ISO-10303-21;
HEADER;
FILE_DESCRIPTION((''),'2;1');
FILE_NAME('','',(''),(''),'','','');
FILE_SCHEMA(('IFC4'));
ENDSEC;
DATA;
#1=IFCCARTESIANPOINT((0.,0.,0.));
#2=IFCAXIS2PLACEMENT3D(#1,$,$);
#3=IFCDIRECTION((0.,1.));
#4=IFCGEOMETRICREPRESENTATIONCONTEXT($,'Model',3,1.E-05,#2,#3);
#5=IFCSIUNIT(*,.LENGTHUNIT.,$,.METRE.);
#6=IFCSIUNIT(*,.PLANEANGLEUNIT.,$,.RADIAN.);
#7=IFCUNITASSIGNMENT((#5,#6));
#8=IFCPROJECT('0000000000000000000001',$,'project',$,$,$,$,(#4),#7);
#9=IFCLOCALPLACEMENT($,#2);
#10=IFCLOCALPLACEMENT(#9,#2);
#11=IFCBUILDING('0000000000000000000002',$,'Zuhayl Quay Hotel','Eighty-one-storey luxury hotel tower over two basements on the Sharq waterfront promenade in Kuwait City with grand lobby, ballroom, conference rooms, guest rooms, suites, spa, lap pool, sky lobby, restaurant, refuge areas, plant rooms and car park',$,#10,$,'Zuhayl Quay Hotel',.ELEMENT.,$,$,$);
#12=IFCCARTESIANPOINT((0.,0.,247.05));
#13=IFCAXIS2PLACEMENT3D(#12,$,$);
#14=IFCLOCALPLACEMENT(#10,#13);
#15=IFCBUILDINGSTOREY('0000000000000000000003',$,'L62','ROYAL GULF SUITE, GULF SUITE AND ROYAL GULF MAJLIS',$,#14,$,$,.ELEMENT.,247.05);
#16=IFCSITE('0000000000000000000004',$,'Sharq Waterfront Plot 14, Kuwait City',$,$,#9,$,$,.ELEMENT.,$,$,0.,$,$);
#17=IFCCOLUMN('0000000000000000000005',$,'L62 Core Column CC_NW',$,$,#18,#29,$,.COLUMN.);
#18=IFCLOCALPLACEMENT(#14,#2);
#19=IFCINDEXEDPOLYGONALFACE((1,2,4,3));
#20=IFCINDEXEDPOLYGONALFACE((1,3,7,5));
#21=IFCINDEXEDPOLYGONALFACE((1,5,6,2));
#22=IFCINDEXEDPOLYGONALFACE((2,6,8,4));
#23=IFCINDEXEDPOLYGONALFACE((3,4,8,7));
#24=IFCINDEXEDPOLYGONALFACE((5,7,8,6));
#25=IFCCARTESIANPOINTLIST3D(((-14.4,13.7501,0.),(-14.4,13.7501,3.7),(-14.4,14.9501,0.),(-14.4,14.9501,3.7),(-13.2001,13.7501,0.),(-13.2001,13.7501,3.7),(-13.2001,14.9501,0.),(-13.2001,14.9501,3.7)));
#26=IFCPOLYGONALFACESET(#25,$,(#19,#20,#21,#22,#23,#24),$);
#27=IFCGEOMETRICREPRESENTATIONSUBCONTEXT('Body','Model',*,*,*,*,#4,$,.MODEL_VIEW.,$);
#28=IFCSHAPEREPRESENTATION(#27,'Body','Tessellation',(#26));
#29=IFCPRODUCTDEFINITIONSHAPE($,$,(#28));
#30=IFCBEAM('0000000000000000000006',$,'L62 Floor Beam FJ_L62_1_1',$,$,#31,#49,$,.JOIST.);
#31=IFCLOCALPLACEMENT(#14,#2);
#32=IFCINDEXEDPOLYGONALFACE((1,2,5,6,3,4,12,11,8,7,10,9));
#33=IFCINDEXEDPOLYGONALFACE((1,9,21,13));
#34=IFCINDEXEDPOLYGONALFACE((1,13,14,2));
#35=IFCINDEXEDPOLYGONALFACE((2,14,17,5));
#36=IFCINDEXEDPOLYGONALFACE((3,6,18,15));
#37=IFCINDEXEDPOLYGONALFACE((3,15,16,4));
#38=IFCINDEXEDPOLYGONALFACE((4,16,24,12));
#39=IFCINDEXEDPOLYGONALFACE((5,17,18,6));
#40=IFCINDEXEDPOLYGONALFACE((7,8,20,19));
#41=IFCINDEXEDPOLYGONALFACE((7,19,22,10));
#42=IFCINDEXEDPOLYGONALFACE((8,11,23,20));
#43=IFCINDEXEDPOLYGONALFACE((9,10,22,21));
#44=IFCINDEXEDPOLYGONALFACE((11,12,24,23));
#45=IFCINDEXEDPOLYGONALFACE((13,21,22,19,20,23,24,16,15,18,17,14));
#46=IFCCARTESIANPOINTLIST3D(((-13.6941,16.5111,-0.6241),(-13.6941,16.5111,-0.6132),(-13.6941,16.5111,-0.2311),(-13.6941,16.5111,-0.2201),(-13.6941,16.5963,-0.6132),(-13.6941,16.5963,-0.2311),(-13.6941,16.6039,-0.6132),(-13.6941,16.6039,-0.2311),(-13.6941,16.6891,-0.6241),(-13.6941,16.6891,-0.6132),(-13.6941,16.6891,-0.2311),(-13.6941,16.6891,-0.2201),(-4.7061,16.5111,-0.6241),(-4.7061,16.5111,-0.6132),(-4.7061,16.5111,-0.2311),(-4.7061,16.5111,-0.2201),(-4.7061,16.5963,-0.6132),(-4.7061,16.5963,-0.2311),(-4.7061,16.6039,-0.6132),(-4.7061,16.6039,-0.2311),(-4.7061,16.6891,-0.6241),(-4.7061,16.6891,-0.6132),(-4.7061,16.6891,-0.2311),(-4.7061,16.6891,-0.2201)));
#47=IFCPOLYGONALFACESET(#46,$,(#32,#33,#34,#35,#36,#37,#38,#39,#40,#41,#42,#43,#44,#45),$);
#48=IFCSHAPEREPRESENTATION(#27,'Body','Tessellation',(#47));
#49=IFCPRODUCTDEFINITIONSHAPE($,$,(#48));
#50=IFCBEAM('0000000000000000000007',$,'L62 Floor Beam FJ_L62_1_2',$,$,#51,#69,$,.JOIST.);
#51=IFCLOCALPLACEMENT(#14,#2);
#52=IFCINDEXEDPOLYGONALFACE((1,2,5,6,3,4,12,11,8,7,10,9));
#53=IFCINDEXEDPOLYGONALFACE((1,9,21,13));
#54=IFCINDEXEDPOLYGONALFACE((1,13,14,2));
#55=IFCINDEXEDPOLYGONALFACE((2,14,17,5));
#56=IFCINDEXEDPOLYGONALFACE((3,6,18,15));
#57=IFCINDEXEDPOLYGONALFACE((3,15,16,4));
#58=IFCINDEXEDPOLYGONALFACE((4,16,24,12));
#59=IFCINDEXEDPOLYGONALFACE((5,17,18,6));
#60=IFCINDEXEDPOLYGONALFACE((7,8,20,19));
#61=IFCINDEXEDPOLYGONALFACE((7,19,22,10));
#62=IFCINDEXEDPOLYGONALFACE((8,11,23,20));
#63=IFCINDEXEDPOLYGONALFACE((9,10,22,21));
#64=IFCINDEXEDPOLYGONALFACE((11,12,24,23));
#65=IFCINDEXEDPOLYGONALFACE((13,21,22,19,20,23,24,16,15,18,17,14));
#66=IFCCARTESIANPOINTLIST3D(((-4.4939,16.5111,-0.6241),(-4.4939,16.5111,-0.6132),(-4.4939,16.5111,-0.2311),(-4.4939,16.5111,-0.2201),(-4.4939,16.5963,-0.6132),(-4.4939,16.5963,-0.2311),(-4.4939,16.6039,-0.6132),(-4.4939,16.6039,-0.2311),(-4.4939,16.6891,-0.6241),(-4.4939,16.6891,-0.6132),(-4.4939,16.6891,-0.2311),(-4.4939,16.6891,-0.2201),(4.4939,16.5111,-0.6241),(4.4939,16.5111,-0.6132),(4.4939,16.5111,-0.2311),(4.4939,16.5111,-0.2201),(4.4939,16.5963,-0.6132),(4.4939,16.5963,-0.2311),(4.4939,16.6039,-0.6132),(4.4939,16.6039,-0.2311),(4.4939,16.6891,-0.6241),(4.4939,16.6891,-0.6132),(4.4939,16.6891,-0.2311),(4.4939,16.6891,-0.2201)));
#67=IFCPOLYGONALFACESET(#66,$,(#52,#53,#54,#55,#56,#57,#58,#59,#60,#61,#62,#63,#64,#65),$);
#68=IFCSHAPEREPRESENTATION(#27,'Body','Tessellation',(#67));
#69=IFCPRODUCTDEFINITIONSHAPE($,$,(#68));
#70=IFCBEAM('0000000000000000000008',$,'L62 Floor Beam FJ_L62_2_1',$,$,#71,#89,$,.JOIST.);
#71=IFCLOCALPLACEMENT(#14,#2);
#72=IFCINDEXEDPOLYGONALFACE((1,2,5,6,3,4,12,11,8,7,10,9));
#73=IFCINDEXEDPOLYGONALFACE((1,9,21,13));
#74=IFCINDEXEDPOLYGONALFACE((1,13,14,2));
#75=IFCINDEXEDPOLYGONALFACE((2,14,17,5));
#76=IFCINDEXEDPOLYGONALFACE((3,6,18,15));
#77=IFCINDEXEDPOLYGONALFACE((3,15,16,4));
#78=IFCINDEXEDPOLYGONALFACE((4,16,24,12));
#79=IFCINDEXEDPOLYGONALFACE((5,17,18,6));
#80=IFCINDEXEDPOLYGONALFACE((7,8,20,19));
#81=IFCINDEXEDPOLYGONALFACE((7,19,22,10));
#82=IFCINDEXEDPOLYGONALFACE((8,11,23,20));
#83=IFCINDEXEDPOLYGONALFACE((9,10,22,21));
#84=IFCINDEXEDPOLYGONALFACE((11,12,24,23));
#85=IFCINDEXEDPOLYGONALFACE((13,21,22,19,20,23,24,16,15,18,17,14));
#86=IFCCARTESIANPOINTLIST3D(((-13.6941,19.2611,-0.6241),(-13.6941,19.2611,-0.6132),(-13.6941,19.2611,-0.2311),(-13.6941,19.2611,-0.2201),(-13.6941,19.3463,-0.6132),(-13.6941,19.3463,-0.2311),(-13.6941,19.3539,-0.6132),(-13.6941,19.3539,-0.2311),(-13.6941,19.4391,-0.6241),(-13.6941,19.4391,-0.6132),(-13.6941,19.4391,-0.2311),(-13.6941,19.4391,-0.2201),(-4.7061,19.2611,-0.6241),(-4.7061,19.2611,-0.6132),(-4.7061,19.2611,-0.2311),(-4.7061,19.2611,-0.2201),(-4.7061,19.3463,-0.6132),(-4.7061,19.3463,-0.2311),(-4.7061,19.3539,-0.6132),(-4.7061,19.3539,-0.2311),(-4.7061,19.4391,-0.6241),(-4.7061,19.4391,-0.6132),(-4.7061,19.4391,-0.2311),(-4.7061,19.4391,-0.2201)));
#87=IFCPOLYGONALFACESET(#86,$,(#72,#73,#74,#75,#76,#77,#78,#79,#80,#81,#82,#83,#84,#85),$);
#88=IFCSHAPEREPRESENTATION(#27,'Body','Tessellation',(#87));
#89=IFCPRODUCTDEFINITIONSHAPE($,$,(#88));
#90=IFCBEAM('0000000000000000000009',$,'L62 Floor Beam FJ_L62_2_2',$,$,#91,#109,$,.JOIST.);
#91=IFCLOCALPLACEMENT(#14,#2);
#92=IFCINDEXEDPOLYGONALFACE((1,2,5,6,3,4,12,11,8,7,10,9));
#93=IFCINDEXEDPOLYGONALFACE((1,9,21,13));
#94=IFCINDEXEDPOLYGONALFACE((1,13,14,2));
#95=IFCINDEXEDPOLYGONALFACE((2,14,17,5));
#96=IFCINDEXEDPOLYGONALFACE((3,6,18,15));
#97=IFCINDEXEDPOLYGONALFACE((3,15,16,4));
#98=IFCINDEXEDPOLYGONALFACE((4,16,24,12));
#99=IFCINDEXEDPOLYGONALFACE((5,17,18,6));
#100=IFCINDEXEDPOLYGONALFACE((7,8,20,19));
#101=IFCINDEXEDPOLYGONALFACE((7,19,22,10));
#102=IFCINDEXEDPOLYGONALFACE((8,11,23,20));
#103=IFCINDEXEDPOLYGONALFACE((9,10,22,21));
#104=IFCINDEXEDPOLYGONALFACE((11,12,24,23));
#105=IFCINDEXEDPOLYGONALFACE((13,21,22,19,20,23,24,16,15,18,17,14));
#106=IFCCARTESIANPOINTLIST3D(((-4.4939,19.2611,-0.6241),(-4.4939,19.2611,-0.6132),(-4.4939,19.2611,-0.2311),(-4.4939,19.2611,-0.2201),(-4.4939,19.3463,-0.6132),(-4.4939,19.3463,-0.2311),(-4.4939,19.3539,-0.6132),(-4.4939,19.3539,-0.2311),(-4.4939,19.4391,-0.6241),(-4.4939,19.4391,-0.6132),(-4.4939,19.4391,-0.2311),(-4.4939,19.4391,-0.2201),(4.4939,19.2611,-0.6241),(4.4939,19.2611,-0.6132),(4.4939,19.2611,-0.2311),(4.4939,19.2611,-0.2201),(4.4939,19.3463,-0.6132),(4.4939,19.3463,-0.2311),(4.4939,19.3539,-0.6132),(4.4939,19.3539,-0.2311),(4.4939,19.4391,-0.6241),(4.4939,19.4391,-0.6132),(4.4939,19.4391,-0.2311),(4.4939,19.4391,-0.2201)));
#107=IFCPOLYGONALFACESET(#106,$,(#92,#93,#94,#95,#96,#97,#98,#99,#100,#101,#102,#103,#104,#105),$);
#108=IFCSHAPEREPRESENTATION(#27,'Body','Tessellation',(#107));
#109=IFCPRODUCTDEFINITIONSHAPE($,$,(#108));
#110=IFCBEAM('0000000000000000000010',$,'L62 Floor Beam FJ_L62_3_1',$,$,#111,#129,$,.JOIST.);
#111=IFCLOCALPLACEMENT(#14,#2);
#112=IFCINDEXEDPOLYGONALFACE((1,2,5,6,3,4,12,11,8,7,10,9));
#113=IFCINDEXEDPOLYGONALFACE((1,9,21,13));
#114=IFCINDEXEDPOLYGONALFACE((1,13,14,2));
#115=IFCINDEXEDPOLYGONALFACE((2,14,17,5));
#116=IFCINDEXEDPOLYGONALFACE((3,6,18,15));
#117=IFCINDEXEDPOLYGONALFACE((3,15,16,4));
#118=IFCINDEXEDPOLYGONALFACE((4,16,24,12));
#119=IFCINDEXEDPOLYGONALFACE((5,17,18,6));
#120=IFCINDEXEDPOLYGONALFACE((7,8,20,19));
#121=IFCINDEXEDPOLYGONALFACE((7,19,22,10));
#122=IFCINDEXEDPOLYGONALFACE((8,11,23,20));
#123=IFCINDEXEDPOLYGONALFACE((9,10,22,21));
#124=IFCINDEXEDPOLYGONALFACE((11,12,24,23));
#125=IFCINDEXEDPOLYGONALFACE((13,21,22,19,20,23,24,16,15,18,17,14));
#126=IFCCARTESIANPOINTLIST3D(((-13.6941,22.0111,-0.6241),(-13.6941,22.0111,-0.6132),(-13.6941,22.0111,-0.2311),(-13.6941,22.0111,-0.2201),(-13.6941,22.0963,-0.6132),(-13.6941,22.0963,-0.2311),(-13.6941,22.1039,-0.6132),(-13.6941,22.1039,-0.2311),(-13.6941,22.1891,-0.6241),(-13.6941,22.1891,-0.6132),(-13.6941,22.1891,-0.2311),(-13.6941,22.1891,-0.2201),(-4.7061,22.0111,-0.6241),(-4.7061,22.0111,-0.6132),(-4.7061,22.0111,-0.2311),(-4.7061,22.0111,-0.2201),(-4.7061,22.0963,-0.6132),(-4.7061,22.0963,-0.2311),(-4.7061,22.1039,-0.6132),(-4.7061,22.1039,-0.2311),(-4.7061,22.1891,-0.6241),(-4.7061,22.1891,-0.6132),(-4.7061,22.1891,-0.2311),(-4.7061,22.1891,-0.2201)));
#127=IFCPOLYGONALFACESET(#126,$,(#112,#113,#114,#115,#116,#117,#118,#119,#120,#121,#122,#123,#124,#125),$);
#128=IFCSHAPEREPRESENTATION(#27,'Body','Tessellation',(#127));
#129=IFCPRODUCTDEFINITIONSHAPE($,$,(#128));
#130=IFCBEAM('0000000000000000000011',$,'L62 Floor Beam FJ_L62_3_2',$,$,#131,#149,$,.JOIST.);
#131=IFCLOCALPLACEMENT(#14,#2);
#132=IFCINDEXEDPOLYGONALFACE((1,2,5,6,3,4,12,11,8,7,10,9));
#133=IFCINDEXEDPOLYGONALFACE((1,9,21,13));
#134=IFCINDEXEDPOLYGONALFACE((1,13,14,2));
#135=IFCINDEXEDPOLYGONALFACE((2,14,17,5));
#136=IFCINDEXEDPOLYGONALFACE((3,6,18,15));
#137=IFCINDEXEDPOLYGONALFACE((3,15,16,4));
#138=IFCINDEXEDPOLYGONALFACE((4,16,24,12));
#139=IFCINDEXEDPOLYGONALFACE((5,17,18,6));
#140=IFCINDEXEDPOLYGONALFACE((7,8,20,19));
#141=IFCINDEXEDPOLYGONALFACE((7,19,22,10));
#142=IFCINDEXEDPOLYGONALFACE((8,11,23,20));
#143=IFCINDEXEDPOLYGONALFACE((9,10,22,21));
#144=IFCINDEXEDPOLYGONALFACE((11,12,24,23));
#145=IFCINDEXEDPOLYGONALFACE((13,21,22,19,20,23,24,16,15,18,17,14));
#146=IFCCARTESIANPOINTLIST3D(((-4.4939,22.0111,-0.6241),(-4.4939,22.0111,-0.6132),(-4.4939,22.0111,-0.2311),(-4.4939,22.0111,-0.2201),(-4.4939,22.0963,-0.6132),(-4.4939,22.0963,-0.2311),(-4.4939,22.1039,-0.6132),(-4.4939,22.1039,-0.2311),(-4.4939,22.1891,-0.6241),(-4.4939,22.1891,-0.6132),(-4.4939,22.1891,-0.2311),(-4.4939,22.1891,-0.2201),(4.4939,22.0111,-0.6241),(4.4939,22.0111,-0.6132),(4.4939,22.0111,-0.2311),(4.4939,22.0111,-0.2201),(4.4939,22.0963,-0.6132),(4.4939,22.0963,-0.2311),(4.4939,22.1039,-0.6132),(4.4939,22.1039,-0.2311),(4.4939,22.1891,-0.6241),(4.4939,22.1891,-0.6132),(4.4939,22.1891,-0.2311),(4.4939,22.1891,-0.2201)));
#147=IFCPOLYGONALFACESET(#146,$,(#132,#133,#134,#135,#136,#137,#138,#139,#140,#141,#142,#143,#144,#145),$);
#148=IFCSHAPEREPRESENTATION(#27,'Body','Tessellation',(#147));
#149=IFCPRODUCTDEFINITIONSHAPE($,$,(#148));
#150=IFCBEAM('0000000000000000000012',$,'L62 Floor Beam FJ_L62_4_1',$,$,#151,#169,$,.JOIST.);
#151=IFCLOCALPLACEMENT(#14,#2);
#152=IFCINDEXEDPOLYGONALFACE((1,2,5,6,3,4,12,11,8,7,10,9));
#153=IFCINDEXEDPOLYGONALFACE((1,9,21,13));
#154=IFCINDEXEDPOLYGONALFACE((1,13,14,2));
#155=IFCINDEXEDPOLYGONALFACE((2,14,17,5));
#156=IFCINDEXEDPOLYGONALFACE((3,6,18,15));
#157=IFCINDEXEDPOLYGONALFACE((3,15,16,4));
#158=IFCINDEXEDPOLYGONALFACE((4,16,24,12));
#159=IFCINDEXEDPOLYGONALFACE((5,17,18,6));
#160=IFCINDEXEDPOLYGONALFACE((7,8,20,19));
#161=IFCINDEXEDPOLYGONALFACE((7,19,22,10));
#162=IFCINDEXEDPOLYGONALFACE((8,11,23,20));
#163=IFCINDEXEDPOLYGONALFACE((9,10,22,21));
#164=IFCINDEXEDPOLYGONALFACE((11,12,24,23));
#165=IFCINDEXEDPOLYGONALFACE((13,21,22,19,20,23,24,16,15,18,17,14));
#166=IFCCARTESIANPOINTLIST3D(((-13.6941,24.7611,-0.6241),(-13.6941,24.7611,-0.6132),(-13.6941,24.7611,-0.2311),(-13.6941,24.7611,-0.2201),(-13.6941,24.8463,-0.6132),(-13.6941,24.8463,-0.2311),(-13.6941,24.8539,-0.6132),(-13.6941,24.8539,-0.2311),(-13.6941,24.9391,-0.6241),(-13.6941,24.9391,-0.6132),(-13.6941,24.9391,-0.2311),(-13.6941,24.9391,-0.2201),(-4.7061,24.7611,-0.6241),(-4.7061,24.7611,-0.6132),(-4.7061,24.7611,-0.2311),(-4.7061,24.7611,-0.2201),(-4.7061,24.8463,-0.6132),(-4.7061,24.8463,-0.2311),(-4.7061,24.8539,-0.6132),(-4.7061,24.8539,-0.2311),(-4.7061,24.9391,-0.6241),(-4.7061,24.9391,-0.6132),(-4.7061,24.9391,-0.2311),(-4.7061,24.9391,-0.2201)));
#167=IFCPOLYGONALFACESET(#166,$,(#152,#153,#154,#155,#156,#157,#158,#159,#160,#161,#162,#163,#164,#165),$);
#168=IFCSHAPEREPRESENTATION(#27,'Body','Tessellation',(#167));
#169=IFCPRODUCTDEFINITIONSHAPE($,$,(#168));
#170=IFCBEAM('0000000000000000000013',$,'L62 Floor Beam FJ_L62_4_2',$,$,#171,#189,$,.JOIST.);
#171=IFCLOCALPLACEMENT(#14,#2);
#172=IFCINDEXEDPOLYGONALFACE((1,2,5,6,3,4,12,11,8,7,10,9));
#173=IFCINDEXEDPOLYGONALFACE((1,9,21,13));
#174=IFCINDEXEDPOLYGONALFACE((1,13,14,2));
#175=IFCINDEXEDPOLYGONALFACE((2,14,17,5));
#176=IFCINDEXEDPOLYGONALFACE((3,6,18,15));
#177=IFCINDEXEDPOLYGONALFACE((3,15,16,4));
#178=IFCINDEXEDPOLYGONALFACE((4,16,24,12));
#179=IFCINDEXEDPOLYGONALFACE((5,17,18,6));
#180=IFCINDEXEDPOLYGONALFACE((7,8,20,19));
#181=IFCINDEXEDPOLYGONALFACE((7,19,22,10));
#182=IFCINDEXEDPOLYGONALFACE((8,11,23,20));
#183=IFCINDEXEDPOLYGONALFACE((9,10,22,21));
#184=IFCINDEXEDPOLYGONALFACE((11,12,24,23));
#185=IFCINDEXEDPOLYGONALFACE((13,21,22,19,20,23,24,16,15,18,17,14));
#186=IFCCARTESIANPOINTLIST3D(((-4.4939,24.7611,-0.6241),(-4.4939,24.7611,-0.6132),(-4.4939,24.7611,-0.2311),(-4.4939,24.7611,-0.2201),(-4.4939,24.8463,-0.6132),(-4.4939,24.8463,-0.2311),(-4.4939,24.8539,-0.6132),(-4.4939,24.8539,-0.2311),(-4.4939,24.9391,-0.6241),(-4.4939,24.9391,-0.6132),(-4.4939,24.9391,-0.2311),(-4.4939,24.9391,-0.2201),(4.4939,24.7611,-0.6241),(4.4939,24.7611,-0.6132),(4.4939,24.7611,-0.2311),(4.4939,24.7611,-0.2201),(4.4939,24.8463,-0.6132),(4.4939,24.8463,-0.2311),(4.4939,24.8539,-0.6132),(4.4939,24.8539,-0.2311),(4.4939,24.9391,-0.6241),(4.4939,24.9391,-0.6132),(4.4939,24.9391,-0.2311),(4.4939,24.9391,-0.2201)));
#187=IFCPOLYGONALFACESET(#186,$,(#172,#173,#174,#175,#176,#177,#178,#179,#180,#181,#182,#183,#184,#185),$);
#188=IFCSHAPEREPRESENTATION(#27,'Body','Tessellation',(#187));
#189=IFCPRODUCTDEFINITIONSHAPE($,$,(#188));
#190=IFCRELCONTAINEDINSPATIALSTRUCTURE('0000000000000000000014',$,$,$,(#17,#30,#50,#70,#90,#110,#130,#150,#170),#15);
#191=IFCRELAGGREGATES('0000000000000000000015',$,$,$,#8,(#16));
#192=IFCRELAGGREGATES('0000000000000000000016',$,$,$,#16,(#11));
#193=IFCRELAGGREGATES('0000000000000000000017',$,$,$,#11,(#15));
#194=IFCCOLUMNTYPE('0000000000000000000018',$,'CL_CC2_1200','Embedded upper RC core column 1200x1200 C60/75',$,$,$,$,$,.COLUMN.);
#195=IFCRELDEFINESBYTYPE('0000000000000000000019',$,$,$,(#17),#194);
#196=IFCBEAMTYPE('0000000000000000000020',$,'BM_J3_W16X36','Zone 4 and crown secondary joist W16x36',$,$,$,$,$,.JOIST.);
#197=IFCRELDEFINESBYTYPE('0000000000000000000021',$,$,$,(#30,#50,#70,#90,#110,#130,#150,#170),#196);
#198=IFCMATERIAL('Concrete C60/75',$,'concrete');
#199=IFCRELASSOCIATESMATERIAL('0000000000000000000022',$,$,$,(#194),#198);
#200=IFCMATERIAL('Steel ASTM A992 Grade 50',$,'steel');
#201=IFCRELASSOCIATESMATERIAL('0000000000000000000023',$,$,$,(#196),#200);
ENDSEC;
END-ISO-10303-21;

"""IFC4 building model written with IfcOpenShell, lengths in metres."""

from ifc_helpers import new_model, si_unit, direction, frame, origin, origin_2d, place, context, subcontext, project, spatial, rectangle, i_section, extrude, material, material_profile, profile_set, type_object, element, save


model = new_model("IFC4")

# Units and contexts
model_context = context("Model", 3, precision=1e-05, world=origin(), true_north=direction((0.0, 1.0)))
body_context = subcontext(model_context, "Body", "Model", "MODEL_VIEW")
ifc_project = project(units=[si_unit("LENGTHUNIT", "METRE"), si_unit("PLANEANGLEUNIT", "RADIAN")], contexts=[model_context])

# Site, building, storey
site_placement = place(None, origin())
site = spatial("IfcSite", under=ifc_project, at=site_placement, Name="Sharq Waterfront Plot 14, Kuwait City", CompositionType="ELEMENT", RefElevation=0.0)
building_placement = place(site_placement, origin())
building = spatial("IfcBuilding", under=site, at=building_placement, Name="Zuhayl Quay Hotel", Description="Eighty-one-storey luxury hotel tower over two basements on the Sharq waterfront promenade in Kuwait City with grand lobby, ballroom, conference rooms, guest rooms, suites, spa, lap pool, sky lobby, restaurant, refuge areas, plant rooms and car park", LongName="Zuhayl Quay Hotel", CompositionType="ELEMENT")
storey_placement = place(building_placement, frame((0.0, 0.0, 247.05)))
storey = spatial("IfcBuildingStorey", under=building, at=storey_placement, Name="L62", Description="ROYAL GULF SUITE, GULF SUITE AND ROYAL GULF MAJLIS", CompositionType="ELEMENT", Elevation=247.05)

# Column
ifc_material_1 = material(Name="Concrete C60/75", Category="concrete")
ifc_material_profile_1 = material_profile(ifc_material_1, rectangle(XDim=1.2, YDim=1.2, at=origin_2d()), Name="RC1200X1200")
ifc_profile_set_1 = profile_set([ifc_material_profile_1], Name="Concrete C60/75")
column_type = type_object("IfcColumnType", Name="CL_CC2_1200", Description="Embedded upper RC core column 1200x1200 C60/75", PredefinedType="COLUMN", material=ifc_profile_set_1)
column_placement = place(storey_placement, frame((-13.8, 14.3501, 0.0), z_axis=(0.0, 0.0, 1.0), x_axis=(1.0, 0.0, 0.0)))
element("IfcColumn", 1, at=column_placement, inside=storey, type_object=column_type, Name="L62 Core Column CC_NW", PredefinedType="COLUMN", context=body_context, shape_type="SweptSolid", body=[
    extrude(rectangle(XDim=1.2, YDim=1.2, at=origin_2d()), origin(), (0.0, 0.0, 1.0), 3.7),
])

# Beams
ifc_material_2 = material(Name="Steel ASTM A992 Grade 50", Category="steel")
ifc_material_profile_2 = material_profile(ifc_material_2, i_section(OverallWidth=0.178, OverallDepth=0.4041, WebThickness=0.0076, FlangeThickness=0.011, at=origin_2d()), Name="W16X36")
ifc_profile_set_2 = profile_set([ifc_material_profile_2], Name="Steel ASTM A992 Grade 50")
beam_type_1 = type_object("IfcBeamType", Name="BM_J3_W16X36", Description="Zone 4 and crown secondary joist W16x36", PredefinedType="JOIST", material=ifc_profile_set_2)
beam_1_placement = place(storey_placement, frame((-13.6941, 16.6001, -0.4221), z_axis=(1.0, 0.0, 0.0), x_axis=(0.0, 1.0, 0.0)))
element("IfcBeam", 2, at=beam_1_placement, inside=storey, type_object=beam_type_1, Name="L62 Floor Beam FJ_L62_1_1", PredefinedType="JOIST", context=body_context, shape_type="SweptSolid", body=[
    extrude(i_section(OverallWidth=0.178, OverallDepth=0.4041, WebThickness=0.0076, FlangeThickness=0.011, at=origin_2d()), origin(), (0.0, 0.0, 1.0), 8.988),
])
beam_2_placement = place(storey_placement, frame((-4.4939, 16.6001, -0.4221), z_axis=(1.0, 0.0, 0.0), x_axis=(0.0, 1.0, 0.0)))
element("IfcBeam", 3, at=beam_2_placement, inside=storey, type_object=beam_type_1, Name="L62 Floor Beam FJ_L62_1_2", PredefinedType="JOIST", context=body_context, shape_type="SweptSolid", body=[
    extrude(i_section(OverallWidth=0.178, OverallDepth=0.4041, WebThickness=0.0076, FlangeThickness=0.011, at=origin_2d()), origin(), (0.0, 0.0, 1.0), 8.9878),
])
beam_3_placement = place(storey_placement, frame((-13.6941, 19.3501, -0.4221), z_axis=(1.0, 0.0, 0.0), x_axis=(0.0, 1.0, 0.0)))
element("IfcBeam", 4, at=beam_3_placement, inside=storey, type_object=beam_type_1, Name="L62 Floor Beam FJ_L62_2_1", PredefinedType="JOIST", context=body_context, shape_type="SweptSolid", body=[
    extrude(i_section(OverallWidth=0.178, OverallDepth=0.4041, WebThickness=0.0076, FlangeThickness=0.011, at=origin_2d()), origin(), (0.0, 0.0, 1.0), 8.988),
])
beam_4_placement = place(storey_placement, frame((-4.4939, 19.3501, -0.4221), z_axis=(1.0, 0.0, 0.0), x_axis=(0.0, 1.0, 0.0)))
element("IfcBeam", 5, at=beam_4_placement, inside=storey, type_object=beam_type_1, Name="L62 Floor Beam FJ_L62_2_2", PredefinedType="JOIST", context=body_context, shape_type="SweptSolid", body=[
    extrude(i_section(OverallWidth=0.178, OverallDepth=0.4041, WebThickness=0.0076, FlangeThickness=0.011, at=origin_2d()), origin(), (0.0, 0.0, 1.0), 8.9878),
])
beam_5_placement = place(storey_placement, frame((-13.6941, 22.1001, -0.4221), z_axis=(1.0, 0.0, 0.0), x_axis=(0.0, 1.0, 0.0)))
element("IfcBeam", 6, at=beam_5_placement, inside=storey, type_object=beam_type_1, Name="L62 Floor Beam FJ_L62_3_1", PredefinedType="JOIST", context=body_context, shape_type="SweptSolid", body=[
    extrude(i_section(OverallWidth=0.178, OverallDepth=0.4041, WebThickness=0.0076, FlangeThickness=0.011, at=origin_2d()), origin(), (0.0, 0.0, 1.0), 8.988),
])
beam_6_placement = place(storey_placement, frame((-4.4939, 22.1001, -0.4221), z_axis=(1.0, 0.0, 0.0), x_axis=(0.0, 1.0, 0.0)))
element("IfcBeam", 7, at=beam_6_placement, inside=storey, type_object=beam_type_1, Name="L62 Floor Beam FJ_L62_3_2", PredefinedType="JOIST", context=body_context, shape_type="SweptSolid", body=[
    extrude(i_section(OverallWidth=0.178, OverallDepth=0.4041, WebThickness=0.0076, FlangeThickness=0.011, at=origin_2d()), origin(), (0.0, 0.0, 1.0), 8.9878),
])
beam_7_placement = place(storey_placement, frame((-13.6941, 24.8501, -0.4221), z_axis=(1.0, 0.0, 0.0), x_axis=(0.0, 1.0, 0.0)))
element("IfcBeam", 8, at=beam_7_placement, inside=storey, type_object=beam_type_1, Name="L62 Floor Beam FJ_L62_4_1", PredefinedType="JOIST", context=body_context, shape_type="SweptSolid", body=[
    extrude(i_section(OverallWidth=0.178, OverallDepth=0.4041, WebThickness=0.0076, FlangeThickness=0.011, at=origin_2d()), origin(), (0.0, 0.0, 1.0), 8.988),
])
beam_8_placement = place(storey_placement, frame((-4.4939, 24.8501, -0.4221), z_axis=(1.0, 0.0, 0.0), x_axis=(0.0, 1.0, 0.0)))
element("IfcBeam", 9, at=beam_8_placement, inside=storey, type_object=beam_type_1, Name="L62 Floor Beam FJ_L62_4_2", PredefinedType="JOIST", context=body_context, shape_type="SweptSolid", body=[
    extrude(i_section(OverallWidth=0.178, OverallDepth=0.4041, WebThickness=0.0076, FlangeThickness=0.011, at=origin_2d()), origin(), (0.0, 0.0, 1.0), 8.9878),
])

save(model, "model.ifc")
